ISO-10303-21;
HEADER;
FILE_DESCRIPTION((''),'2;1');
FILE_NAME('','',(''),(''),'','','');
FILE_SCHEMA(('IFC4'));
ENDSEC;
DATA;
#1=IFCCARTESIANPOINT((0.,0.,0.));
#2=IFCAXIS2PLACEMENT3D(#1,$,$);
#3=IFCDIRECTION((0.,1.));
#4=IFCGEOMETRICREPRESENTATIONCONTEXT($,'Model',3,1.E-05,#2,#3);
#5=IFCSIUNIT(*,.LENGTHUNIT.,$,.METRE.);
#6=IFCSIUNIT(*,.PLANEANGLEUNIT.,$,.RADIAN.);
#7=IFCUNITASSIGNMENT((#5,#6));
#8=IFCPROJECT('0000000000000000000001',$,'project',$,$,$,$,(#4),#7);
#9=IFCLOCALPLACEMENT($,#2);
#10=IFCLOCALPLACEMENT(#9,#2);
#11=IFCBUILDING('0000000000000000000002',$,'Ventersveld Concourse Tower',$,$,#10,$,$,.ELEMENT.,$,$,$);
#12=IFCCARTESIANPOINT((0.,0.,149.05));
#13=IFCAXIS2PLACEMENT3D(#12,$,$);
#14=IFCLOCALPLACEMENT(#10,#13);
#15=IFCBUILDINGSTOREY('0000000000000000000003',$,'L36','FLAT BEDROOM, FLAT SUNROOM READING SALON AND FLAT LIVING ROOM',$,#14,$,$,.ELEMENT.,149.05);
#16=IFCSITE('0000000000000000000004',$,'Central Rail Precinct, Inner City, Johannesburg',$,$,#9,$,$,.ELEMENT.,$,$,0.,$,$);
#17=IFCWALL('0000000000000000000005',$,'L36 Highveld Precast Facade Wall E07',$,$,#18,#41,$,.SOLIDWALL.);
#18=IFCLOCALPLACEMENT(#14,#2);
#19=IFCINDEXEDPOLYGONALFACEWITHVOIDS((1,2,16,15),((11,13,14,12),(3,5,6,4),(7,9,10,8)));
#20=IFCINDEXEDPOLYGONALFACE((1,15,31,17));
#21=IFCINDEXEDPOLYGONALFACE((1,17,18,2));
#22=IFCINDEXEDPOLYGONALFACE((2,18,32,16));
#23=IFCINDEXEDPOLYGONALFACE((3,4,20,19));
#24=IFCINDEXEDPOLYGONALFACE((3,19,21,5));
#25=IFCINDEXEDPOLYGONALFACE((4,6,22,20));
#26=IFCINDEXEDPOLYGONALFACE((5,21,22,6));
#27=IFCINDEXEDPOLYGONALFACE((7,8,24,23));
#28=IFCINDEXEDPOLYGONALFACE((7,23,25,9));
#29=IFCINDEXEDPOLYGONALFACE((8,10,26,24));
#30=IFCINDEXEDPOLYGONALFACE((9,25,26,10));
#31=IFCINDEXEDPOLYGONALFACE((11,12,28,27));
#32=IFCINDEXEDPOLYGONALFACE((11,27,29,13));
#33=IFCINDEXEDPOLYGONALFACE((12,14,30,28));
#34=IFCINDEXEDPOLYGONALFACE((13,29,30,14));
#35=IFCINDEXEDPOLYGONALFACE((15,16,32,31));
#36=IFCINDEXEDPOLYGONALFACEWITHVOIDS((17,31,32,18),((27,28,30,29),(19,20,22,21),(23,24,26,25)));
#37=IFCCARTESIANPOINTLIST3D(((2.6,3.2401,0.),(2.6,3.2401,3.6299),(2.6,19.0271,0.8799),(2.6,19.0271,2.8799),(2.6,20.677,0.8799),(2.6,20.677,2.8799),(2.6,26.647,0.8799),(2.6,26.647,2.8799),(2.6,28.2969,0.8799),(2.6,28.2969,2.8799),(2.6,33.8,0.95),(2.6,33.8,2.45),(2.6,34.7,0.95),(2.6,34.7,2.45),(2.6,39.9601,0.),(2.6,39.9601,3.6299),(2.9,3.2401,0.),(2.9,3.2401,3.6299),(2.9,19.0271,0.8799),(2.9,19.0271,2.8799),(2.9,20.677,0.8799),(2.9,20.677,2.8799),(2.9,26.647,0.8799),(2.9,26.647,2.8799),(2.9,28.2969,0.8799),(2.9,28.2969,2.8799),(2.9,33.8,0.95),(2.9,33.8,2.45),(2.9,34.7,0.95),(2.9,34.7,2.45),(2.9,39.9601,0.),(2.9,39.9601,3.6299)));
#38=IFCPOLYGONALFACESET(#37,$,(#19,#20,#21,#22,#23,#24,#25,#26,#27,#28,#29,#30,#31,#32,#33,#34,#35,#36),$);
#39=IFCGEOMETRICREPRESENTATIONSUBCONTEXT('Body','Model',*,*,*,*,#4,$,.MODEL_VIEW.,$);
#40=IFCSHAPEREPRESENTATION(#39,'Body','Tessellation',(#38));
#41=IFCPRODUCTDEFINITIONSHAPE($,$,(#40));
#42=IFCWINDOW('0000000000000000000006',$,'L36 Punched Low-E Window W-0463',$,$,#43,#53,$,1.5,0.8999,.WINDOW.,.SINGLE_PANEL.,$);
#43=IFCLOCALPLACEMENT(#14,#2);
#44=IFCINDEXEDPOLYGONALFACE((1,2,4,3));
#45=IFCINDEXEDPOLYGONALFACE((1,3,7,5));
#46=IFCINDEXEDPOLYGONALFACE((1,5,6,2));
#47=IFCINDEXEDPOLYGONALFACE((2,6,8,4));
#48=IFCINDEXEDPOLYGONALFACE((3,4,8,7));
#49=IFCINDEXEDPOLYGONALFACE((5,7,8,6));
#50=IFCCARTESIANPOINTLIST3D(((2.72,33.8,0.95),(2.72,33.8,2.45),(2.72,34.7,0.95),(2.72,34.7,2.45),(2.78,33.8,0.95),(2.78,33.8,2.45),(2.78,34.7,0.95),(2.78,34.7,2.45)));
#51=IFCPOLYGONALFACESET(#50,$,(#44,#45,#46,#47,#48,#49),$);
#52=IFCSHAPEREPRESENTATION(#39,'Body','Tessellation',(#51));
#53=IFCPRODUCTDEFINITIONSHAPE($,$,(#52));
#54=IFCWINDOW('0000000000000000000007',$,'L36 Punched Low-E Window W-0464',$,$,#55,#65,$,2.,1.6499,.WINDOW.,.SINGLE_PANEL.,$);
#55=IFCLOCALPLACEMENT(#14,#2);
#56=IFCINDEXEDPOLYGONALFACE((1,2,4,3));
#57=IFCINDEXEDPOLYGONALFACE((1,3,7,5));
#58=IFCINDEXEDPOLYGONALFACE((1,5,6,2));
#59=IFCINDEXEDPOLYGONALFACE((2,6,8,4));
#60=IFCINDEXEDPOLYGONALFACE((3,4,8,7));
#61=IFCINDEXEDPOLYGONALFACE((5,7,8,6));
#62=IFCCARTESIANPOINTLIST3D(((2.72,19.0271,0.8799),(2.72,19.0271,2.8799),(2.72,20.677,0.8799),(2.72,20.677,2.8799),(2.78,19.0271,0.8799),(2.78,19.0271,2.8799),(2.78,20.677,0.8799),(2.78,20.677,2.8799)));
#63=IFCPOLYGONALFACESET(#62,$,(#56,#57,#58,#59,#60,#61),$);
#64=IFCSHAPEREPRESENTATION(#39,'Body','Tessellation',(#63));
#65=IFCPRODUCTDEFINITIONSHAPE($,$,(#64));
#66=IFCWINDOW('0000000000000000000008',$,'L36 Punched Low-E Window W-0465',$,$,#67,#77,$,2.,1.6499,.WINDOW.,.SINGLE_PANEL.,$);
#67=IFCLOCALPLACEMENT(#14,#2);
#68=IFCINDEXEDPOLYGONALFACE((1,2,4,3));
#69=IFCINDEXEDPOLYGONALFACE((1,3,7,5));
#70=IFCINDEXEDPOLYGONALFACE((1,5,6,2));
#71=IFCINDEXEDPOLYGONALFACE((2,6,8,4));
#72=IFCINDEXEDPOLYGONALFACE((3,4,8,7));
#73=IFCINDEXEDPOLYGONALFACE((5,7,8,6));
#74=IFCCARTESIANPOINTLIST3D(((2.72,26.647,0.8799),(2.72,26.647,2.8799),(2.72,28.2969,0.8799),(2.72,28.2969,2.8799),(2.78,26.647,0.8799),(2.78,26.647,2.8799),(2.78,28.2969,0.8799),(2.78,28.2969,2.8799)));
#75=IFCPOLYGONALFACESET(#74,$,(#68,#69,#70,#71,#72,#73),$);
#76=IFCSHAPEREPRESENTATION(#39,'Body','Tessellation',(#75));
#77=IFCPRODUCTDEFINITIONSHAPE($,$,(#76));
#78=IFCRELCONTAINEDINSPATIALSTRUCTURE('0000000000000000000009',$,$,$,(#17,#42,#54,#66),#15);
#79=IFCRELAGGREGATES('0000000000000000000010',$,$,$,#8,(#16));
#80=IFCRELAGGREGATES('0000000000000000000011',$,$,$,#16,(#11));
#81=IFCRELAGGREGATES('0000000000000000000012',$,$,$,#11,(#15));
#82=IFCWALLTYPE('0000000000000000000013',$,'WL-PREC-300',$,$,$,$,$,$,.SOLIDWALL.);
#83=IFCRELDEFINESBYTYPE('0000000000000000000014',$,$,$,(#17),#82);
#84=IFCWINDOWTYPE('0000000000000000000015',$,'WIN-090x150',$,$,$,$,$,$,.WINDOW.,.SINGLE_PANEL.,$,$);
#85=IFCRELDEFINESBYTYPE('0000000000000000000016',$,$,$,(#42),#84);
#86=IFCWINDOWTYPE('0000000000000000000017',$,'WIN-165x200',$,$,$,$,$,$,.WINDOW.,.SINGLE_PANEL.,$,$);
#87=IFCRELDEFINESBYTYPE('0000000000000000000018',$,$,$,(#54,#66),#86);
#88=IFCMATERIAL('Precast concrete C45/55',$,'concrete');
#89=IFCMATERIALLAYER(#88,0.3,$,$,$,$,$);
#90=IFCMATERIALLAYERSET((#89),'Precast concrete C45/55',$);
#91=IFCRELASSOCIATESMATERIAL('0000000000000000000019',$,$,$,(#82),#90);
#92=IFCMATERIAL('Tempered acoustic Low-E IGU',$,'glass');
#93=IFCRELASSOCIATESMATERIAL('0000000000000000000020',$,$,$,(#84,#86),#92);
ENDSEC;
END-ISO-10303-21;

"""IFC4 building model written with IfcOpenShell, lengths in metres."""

from ifc_helpers import new_model, si_unit, direction, frame, frame_2d, origin, place, context, subcontext, project, spatial, rectangle, extrude, material, layer, layer_set, type_object, element, fill, save


model = new_model("IFC4")

# Units and contexts
model_context = context("Model", 3, precision=1e-05, world=origin(), true_north=direction((0.0, 1.0)))
body_context = subcontext(model_context, "Body", "Model", "MODEL_VIEW")
ifc_project = project(units=[si_unit("LENGTHUNIT", "METRE"), si_unit("PLANEANGLEUNIT", "RADIAN")], contexts=[model_context])

# Site, building, storey
site_placement = place(None, origin())
site = spatial("IfcSite", under=ifc_project, at=site_placement, Name="Central Rail Precinct, Inner City, Johannesburg", CompositionType="ELEMENT", RefElevation=0.0)
building_placement = place(site_placement, origin())
building = spatial("IfcBuilding", under=site, at=building_placement, Name="Ventersveld Concourse Tower", CompositionType="ELEMENT")
storey_placement = place(building_placement, frame((0.0, 0.0, 149.05)))
storey = spatial("IfcBuildingStorey", under=building, at=storey_placement, Name="L36", Description="FLAT BEDROOM, FLAT SUNROOM READING SALON AND FLAT LIVING ROOM", CompositionType="ELEMENT", Elevation=149.05)

# Shared definitions
ifc_material_1 = material(Name="Precast concrete C45/55", Category="concrete")
ifc_layer_1 = layer(ifc_material_1, 0.3)
ifc_layer_set_1 = layer_set([ifc_layer_1], Name="Precast concrete C45/55")
wall_type_1 = type_object("IfcWallType", Name="WL-PREC-300", PredefinedType="SOLIDWALL", material=ifc_layer_set_1)

# Wall, openings, windows
wall_1_placement = place(storey_placement, frame((2.75, 39.96, 0.0), z_axis=(0.0, 0.0, 1.0), x_axis=(0.0, -1.0, 0.0)))
wall_1 = element("IfcWall", 1, at=wall_1_placement, inside=storey, type_object=wall_type_1, Name="L36 Highveld Precast Facade Wall E07", PredefinedType="SOLIDWALL", context=body_context, shape_type="SweptSolid", body=[
    extrude(rectangle(XDim=36.72, YDim=0.3, at=frame_2d((18.3599, 0.0))), origin(), (0.0, 0.0, 1.0), 3.6299),
])
opening_1_placement = place(wall_1_placement, frame((5.26, 0.0, 0.95)))
opening_1 = element("IfcOpeningElement", 2, at=opening_1_placement, cuts=wall_1, PredefinedType="OPENING", context=body_context, shape_type="SweptSolid", body=[
    extrude(rectangle(XDim=0.8999, YDim=1.5, at=frame_2d((0.45, 0.75))), frame((0.0, 0.1602, 0.0), z_axis=(0.0, -1.0, 0.0), x_axis=(1.0, 0.0, 0.0)), (0.0, 0.0, 1.0), 0.3201),
])
opening_2_placement = place(wall_1_placement, frame((19.283, 0.0, 0.8799)))
opening_2 = element("IfcOpeningElement", 3, at=opening_2_placement, cuts=wall_1, PredefinedType="OPENING", context=body_context, shape_type="SweptSolid", body=[
    extrude(rectangle(XDim=1.6499, YDim=2.0, at=frame_2d((0.825, 1.0))), frame((0.0, 0.1602, 0.0), z_axis=(0.0, -1.0, 0.0), x_axis=(1.0, 0.0, 0.0)), (0.0, 0.0, 1.0), 0.3201),
])
opening_3_placement = place(wall_1_placement, frame((11.6631, 0.0, 0.8799)))
opening_3 = element("IfcOpeningElement", 4, at=opening_3_placement, cuts=wall_1, PredefinedType="OPENING", context=body_context, shape_type="SweptSolid", body=[
    extrude(rectangle(XDim=1.6499, YDim=2.0, at=frame_2d((0.825, 1.0))), frame((0.0, 0.1602, 0.0), z_axis=(0.0, -1.0, 0.0), x_axis=(1.0, 0.0, 0.0)), (0.0, 0.0, 1.0), 0.3201),
])
ifc_material_2 = material(Name="Tempered acoustic Low-E IGU", Category="glass")
window_type_1 = type_object("IfcWindowType", Name="WIN-090x150", PartitioningType="SINGLE_PANEL", PredefinedType="WINDOW", material=ifc_material_2)
window_1_placement = place(opening_1_placement, origin())
window_1 = element("IfcWindow", 5, at=window_1_placement, inside=storey, type_object=window_type_1, Name="L36 Punched Low-E Window W-0463", OverallHeight=1.5, OverallWidth=0.8999, PartitioningType="SINGLE_PANEL", PredefinedType="WINDOW", context=body_context, shape_type="SweptSolid", body=[
    extrude(rectangle(XDim=0.8999, YDim=1.5, at=frame_2d((0.45, 0.75))), frame((0.0, 0.03, 0.0), z_axis=(0.0, -1.0, 0.0), x_axis=(1.0, 0.0, 0.0)), (0.0, 0.0, 1.0), 0.0601),
])
fill(opening_1, window_1)
window_type_2 = type_object("IfcWindowType", Name="WIN-165x200", PartitioningType="SINGLE_PANEL", PredefinedType="WINDOW", material=ifc_material_2)
window_2_placement = place(opening_2_placement, origin())
window_2 = element("IfcWindow", 6, at=window_2_placement, inside=storey, type_object=window_type_2, Name="L36 Punched Low-E Window W-0464", OverallHeight=2.0, OverallWidth=1.6499, PartitioningType="SINGLE_PANEL", PredefinedType="WINDOW", context=body_context, shape_type="SweptSolid", body=[
    extrude(rectangle(XDim=1.6499, YDim=2.0, at=frame_2d((0.825, 1.0))), frame((0.0, 0.03, 0.0), z_axis=(0.0, -1.0, 0.0), x_axis=(1.0, 0.0, 0.0)), (0.0, 0.0, 1.0), 0.0601),
])
fill(opening_2, window_2)
window_3_placement = place(opening_3_placement, origin())
window_3 = element("IfcWindow", 7, at=window_3_placement, inside=storey, type_object=window_type_2, Name="L36 Punched Low-E Window W-0465", OverallHeight=2.0, OverallWidth=1.6499, PartitioningType="SINGLE_PANEL", PredefinedType="WINDOW", context=body_context, shape_type="SweptSolid", body=[
    extrude(rectangle(XDim=1.6499, YDim=2.0, at=frame_2d((0.825, 1.0))), frame((0.0, 0.03, 0.0), z_axis=(0.0, -1.0, 0.0), x_axis=(1.0, 0.0, 0.0)), (0.0, 0.0, 1.0), 0.0601),
])
fill(opening_3, window_3)

save(model, "model.ifc")
